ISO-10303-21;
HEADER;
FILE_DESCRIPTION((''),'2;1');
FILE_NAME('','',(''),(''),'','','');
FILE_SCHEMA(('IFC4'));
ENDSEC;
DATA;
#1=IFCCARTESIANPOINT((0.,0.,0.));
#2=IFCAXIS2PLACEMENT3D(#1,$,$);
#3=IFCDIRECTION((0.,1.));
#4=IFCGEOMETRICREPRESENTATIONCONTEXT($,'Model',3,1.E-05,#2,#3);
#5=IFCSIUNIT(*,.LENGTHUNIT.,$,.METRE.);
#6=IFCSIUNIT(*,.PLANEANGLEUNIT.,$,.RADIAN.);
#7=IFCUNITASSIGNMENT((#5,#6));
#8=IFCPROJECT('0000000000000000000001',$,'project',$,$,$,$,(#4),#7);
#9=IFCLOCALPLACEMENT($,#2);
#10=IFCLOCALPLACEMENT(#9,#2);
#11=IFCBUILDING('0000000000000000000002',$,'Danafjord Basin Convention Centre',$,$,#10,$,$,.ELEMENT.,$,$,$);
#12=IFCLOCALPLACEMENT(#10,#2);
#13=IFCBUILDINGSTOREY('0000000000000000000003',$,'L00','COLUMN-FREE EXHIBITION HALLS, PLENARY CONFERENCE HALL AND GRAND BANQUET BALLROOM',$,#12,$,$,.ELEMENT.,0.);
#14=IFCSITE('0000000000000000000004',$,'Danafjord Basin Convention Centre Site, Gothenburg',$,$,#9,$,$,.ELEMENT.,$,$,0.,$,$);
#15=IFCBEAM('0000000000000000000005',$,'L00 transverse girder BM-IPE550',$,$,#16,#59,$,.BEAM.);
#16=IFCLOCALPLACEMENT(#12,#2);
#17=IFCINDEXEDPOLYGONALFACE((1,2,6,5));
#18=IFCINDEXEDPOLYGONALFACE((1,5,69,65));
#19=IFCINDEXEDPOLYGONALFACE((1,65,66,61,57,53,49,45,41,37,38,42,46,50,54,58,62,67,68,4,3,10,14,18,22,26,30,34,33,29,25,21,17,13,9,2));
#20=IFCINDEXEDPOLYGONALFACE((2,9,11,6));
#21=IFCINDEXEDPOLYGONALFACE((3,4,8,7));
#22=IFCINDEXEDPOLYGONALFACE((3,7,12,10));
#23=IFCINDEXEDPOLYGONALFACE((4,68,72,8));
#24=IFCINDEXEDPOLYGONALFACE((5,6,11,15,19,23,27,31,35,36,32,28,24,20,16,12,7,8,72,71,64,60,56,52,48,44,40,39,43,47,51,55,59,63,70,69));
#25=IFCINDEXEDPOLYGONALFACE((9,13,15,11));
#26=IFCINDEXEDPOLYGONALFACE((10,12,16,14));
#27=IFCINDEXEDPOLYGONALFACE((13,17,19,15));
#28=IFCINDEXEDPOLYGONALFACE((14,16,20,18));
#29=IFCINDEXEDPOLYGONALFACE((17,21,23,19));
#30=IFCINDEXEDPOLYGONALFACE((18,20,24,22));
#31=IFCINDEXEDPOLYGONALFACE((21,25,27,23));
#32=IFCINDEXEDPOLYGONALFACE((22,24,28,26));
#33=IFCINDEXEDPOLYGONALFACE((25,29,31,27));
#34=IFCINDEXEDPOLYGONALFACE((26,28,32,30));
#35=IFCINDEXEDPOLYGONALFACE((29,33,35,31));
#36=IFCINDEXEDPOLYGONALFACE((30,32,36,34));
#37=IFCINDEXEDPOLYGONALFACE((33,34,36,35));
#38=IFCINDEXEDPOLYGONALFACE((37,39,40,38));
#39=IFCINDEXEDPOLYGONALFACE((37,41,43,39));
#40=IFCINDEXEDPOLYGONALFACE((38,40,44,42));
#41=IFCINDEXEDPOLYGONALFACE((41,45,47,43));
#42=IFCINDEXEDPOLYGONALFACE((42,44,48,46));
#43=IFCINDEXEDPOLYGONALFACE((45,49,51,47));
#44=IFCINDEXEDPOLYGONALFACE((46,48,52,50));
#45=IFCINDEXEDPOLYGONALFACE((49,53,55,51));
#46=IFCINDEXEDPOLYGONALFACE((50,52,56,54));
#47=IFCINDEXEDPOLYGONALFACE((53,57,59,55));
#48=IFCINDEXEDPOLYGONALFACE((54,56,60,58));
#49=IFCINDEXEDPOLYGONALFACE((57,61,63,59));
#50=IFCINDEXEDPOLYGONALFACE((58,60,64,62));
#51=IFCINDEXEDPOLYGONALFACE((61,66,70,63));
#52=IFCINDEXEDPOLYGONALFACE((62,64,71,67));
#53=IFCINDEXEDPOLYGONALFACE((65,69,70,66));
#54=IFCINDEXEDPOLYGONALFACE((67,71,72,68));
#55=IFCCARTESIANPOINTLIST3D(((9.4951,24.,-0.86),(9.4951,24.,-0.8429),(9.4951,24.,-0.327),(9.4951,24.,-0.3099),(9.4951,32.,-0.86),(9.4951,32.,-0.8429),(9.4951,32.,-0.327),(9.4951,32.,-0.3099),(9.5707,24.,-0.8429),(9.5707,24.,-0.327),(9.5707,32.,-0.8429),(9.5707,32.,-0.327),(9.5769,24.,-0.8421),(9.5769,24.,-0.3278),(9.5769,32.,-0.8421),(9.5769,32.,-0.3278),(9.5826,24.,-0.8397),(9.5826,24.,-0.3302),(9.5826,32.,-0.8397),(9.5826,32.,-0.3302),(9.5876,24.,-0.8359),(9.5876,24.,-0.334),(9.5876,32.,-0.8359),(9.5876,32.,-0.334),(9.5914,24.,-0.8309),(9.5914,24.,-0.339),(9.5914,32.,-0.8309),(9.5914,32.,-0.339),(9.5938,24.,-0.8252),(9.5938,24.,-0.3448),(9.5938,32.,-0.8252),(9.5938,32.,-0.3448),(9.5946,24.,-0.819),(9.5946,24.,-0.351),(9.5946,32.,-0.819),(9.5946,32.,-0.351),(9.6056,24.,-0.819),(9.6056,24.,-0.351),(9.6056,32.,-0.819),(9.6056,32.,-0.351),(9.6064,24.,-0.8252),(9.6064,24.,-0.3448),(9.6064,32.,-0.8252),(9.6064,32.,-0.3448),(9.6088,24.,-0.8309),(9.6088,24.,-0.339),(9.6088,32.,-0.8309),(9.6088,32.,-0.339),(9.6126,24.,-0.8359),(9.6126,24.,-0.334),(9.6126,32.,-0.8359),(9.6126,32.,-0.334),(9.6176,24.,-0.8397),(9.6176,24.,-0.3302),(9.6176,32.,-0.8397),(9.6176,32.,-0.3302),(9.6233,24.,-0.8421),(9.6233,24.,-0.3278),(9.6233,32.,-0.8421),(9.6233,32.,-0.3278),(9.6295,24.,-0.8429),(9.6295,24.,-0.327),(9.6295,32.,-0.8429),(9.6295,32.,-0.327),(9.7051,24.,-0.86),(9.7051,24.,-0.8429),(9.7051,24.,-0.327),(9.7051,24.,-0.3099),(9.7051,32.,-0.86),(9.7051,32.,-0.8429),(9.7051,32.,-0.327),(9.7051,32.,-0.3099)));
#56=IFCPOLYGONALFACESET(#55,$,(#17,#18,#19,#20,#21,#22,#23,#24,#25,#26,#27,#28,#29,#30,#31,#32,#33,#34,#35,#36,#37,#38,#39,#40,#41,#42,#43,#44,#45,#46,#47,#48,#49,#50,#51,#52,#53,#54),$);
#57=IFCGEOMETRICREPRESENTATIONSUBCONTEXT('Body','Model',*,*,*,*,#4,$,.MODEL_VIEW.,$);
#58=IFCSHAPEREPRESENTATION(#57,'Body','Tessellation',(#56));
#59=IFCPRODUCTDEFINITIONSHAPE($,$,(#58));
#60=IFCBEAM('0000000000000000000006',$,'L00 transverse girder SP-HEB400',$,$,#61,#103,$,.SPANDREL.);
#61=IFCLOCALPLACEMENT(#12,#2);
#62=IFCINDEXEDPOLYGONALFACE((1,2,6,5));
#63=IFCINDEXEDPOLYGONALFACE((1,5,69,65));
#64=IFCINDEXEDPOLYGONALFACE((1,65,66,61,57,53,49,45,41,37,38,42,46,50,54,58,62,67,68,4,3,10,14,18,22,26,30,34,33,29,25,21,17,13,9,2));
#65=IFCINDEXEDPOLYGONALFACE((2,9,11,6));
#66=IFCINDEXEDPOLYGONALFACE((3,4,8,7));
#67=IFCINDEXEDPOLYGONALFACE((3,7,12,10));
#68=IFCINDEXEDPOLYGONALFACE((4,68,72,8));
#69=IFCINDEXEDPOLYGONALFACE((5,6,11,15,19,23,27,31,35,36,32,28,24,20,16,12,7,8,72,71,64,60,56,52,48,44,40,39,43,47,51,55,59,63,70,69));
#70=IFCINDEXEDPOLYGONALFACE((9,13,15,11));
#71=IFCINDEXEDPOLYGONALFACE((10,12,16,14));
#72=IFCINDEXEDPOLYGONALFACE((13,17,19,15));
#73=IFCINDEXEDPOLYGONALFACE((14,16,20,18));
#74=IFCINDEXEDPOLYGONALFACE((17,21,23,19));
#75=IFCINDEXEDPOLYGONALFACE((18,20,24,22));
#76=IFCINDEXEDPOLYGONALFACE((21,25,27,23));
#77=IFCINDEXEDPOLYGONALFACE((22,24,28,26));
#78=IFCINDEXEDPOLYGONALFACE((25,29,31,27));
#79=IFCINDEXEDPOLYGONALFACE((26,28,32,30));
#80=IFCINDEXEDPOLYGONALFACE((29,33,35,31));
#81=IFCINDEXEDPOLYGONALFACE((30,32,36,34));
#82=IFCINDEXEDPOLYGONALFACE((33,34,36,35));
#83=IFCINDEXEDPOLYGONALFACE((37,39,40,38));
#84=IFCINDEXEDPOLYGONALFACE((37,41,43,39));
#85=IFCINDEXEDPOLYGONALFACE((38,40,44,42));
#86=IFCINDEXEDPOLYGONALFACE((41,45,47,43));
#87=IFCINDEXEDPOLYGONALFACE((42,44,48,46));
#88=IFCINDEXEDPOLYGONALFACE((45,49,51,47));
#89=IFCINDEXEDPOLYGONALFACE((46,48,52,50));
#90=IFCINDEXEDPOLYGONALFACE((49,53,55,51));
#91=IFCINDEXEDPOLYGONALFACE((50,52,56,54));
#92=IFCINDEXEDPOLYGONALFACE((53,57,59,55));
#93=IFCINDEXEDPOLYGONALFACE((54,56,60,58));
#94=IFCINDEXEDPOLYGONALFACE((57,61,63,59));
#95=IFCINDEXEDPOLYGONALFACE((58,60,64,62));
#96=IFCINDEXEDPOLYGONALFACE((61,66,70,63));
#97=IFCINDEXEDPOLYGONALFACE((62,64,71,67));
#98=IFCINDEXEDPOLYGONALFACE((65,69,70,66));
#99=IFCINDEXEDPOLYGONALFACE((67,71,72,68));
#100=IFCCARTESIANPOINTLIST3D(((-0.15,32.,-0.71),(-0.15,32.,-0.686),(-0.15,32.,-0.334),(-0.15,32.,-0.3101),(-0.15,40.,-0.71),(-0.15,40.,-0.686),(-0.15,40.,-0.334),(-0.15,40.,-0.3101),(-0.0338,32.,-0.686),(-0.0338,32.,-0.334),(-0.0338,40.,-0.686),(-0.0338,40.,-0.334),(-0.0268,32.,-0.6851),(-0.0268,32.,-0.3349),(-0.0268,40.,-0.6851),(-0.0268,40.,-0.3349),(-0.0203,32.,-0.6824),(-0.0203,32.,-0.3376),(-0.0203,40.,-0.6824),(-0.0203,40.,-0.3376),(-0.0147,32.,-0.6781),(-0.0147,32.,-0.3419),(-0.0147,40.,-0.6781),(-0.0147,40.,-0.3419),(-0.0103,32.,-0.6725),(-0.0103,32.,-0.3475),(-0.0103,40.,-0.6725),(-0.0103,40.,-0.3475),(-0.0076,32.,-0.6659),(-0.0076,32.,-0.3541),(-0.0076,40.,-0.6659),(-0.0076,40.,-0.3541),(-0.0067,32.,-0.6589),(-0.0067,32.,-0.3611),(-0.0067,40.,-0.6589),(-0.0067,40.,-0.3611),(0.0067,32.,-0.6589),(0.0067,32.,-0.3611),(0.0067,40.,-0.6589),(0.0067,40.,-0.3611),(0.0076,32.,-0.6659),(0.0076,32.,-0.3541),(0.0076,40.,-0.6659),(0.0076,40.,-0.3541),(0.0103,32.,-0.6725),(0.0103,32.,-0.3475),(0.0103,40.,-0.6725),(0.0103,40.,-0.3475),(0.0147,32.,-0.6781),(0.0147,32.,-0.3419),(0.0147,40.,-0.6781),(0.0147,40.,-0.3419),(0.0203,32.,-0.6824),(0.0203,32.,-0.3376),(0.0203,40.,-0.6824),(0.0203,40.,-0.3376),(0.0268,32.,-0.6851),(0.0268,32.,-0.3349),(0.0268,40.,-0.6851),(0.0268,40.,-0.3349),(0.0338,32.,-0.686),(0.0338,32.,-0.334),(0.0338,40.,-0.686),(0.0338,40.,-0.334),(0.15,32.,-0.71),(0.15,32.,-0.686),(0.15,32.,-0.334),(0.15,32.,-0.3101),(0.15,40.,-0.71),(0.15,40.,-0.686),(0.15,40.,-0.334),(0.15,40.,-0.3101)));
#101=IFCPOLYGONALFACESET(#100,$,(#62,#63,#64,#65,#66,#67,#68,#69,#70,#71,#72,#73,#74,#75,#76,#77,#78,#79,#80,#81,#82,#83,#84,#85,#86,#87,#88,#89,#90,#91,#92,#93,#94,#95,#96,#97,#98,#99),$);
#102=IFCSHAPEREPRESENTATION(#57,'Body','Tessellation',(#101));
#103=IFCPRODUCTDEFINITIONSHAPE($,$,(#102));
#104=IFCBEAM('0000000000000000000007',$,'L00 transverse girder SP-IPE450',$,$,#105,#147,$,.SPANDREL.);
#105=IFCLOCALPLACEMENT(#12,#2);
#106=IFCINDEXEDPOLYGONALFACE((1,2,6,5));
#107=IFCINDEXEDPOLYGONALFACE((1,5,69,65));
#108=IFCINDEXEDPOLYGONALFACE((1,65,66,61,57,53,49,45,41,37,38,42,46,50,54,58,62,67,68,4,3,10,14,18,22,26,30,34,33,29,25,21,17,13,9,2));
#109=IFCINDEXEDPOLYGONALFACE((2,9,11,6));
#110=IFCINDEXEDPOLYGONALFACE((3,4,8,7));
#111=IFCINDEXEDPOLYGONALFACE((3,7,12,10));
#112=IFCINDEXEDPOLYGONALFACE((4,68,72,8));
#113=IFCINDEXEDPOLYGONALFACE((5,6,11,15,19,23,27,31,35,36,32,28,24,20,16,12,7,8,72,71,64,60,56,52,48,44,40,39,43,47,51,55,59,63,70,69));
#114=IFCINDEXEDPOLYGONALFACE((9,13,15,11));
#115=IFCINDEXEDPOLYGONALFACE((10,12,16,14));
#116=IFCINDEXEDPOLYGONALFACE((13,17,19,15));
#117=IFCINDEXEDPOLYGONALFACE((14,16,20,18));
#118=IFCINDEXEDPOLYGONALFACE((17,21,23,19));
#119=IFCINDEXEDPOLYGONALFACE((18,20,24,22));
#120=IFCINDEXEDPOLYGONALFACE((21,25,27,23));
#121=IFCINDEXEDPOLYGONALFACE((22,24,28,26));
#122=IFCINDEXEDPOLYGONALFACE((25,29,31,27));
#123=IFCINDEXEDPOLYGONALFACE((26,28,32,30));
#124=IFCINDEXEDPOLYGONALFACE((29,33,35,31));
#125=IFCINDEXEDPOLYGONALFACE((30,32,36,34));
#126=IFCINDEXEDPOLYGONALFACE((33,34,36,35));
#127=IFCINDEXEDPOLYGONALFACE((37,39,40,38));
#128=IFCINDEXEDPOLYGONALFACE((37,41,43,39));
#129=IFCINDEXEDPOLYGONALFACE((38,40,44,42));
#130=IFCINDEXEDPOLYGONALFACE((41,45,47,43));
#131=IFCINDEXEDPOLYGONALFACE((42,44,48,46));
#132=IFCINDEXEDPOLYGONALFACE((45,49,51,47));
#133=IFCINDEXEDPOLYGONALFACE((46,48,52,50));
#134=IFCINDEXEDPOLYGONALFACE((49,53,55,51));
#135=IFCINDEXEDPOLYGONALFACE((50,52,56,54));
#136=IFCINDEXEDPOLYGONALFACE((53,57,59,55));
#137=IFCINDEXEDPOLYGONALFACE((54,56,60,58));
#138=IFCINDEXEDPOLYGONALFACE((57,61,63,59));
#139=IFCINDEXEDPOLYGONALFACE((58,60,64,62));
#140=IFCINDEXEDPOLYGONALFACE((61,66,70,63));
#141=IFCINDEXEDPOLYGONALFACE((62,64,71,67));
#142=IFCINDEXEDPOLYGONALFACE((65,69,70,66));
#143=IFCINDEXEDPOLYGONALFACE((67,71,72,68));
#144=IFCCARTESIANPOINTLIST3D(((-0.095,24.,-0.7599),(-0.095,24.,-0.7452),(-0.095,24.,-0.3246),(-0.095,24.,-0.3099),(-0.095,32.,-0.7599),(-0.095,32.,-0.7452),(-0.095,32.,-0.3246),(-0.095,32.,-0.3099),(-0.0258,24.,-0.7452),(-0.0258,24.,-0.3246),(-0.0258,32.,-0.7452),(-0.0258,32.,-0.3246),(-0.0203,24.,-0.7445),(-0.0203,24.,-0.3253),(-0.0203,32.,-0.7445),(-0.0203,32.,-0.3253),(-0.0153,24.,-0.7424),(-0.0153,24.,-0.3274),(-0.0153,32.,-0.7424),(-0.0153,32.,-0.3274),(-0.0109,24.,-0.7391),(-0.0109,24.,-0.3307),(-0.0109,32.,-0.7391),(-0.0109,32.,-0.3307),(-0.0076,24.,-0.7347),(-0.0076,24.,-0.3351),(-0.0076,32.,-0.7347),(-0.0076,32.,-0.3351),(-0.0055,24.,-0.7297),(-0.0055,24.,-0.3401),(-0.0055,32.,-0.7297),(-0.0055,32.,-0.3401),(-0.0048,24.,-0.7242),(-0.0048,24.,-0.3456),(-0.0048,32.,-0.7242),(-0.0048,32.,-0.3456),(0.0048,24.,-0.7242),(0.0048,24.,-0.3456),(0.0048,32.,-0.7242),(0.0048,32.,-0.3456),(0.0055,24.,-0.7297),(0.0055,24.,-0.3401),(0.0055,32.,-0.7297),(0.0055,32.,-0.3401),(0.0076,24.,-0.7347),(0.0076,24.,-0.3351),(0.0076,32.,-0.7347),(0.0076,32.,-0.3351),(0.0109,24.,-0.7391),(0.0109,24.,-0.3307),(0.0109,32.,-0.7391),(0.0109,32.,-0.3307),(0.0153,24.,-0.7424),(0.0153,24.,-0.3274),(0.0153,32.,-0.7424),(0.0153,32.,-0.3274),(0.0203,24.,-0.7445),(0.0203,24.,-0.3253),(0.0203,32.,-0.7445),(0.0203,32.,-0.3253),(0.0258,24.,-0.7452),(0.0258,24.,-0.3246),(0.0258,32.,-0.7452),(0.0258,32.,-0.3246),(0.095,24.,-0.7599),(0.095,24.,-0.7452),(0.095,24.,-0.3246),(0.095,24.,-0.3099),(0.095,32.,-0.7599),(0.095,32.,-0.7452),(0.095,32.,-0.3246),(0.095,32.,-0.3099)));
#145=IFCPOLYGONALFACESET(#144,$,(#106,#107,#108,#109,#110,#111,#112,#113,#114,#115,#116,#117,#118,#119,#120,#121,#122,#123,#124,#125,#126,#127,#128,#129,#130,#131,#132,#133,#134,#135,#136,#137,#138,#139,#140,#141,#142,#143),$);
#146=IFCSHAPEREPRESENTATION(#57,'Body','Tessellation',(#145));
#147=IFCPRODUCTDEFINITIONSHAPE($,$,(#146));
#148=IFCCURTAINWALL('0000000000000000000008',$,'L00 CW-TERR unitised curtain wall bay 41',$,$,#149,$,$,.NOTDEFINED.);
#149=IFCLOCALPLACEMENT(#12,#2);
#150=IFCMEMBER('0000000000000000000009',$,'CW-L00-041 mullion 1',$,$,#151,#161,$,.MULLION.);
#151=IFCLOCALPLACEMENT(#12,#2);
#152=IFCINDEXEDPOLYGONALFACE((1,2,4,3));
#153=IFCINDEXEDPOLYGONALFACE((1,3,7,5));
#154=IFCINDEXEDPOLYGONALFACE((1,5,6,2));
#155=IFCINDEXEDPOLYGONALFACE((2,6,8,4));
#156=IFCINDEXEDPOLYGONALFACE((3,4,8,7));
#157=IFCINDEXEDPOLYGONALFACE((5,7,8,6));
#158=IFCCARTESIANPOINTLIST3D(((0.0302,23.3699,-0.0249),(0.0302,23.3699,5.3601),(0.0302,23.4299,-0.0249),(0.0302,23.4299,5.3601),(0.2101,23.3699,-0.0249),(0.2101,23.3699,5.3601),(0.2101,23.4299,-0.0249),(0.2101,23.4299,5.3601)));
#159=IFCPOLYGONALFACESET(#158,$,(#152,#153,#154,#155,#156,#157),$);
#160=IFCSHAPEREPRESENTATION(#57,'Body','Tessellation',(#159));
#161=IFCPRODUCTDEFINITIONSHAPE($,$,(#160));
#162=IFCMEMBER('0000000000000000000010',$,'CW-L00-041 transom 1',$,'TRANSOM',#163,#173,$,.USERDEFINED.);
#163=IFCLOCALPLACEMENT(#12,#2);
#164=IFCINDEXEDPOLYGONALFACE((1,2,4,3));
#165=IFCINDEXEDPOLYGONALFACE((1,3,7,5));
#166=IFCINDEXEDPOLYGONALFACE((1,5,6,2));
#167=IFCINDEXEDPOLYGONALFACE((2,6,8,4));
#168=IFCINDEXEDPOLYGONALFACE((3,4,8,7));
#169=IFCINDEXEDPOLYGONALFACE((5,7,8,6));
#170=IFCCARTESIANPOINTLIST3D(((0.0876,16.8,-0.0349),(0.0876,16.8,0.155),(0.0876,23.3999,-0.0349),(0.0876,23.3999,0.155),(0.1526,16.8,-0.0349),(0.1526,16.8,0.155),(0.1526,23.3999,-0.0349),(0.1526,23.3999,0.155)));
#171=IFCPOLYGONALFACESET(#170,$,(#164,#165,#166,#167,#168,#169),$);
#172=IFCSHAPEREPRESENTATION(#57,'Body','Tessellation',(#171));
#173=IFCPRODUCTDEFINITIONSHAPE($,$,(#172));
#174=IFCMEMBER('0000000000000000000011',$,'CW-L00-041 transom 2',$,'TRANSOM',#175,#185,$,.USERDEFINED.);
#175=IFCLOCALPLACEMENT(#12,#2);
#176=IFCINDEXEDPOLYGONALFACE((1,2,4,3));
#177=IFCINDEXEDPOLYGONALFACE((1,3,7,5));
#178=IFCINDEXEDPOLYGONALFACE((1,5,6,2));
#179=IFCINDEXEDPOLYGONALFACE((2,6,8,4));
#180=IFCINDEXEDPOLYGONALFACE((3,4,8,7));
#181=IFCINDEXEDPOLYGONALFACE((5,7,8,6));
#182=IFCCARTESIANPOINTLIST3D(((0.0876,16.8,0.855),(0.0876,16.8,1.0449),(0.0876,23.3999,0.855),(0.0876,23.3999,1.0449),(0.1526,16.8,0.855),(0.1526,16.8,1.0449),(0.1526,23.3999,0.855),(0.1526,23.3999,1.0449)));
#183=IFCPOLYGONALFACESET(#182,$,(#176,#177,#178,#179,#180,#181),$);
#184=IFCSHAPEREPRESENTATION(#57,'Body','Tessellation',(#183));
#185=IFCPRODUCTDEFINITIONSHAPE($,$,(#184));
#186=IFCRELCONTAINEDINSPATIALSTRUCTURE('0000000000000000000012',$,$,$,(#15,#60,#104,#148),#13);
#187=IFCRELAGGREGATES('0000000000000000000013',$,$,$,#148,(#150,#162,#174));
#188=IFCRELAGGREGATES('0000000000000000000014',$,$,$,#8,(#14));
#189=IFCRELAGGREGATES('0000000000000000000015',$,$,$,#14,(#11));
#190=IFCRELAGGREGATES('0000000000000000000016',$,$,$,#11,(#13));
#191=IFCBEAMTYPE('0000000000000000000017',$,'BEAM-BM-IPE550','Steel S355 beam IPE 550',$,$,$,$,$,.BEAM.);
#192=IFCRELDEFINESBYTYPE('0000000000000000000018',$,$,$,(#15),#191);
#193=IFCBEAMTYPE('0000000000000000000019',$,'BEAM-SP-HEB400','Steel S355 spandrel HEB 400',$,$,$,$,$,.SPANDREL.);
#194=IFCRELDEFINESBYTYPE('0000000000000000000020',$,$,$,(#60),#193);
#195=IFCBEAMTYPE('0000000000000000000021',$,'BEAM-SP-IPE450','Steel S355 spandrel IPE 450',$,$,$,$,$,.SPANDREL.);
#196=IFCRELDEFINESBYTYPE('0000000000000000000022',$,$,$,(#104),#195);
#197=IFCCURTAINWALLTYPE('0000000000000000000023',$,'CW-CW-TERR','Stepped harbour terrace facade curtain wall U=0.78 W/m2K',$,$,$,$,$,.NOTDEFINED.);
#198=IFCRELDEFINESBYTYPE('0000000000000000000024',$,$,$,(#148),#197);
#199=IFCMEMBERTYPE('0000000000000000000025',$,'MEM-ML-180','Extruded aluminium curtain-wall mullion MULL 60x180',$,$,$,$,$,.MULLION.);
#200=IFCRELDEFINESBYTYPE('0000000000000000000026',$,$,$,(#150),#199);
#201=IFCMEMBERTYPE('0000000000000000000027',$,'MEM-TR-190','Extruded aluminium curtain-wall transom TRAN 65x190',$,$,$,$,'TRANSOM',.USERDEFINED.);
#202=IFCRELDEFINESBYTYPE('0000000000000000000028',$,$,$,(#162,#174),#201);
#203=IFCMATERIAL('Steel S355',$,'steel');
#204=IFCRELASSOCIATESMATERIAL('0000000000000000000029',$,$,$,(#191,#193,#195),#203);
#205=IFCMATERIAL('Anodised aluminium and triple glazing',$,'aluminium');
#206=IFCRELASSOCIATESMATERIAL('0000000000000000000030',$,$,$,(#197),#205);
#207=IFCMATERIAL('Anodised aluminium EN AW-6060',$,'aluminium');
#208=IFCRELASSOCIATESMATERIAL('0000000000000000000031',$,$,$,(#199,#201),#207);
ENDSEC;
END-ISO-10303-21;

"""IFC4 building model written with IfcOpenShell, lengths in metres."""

from ifc_helpers import new_model, si_unit, direction, frame, origin, origin_2d, place, context, subcontext, project, spatial, rectangle, i_section, extrude, material, material_profile, profile_set, type_object, element, aggregate, save


model = new_model("IFC4")

# Units and contexts
model_context = context("Model", 3, precision=1e-05, world=origin(), true_north=direction((0.0, 1.0)))
body_context = subcontext(model_context, "Body", "Model", "MODEL_VIEW")
ifc_project = project(units=[si_unit("LENGTHUNIT", "METRE"), si_unit("PLANEANGLEUNIT", "RADIAN")], contexts=[model_context])

# Site, building, storey
site_placement = place(None, origin())
site = spatial("IfcSite", under=ifc_project, at=site_placement, Name="Danafjord Basin Convention Centre Site, Gothenburg", CompositionType="ELEMENT", RefElevation=0.0)
building_placement = place(site_placement, origin())
building = spatial("IfcBuilding", under=site, at=building_placement, Name="Danafjord Basin Convention Centre", CompositionType="ELEMENT")
storey_placement = place(building_placement, origin())
storey = spatial("IfcBuildingStorey", under=building, at=storey_placement, Name="L00", Description="COLUMN-FREE EXHIBITION HALLS, PLENARY CONFERENCE HALL AND GRAND BANQUET BALLROOM", CompositionType="ELEMENT", Elevation=0.0)

# Shared definitions
ifc_material_1 = material(Name="Steel S355", Category="steel")

# Beams
ifc_material_profile_1 = material_profile(ifc_material_1, i_section(OverallWidth=0.21, OverallDepth=0.55, WebThickness=0.011, FlangeThickness=0.0171, FilletRadius=0.0239, at=origin_2d()), Name="IPE 550")
ifc_profile_set_1 = profile_set([ifc_material_profile_1], Name="Steel S355")
beam_type_1 = type_object("IfcBeamType", Name="BEAM-BM-IPE550", Description="Steel S355 beam IPE 550", PredefinedType="BEAM", material=ifc_profile_set_1)
beam_1_placement = place(storey_placement, frame((9.6001, 24.0, -0.585), z_axis=(0.0, 1.0, 0.0), x_axis=(-1.0, 0.0, 0.0)))
element("IfcBeam", 1, at=beam_1_placement, inside=storey, type_object=beam_type_1, Name="L00 transverse girder BM-IPE550", PredefinedType="BEAM", context=body_context, shape_type="SweptSolid", body=[
    extrude(i_section(OverallWidth=0.21, OverallDepth=0.55, WebThickness=0.011, FlangeThickness=0.0171, FilletRadius=0.0239, at=origin_2d()), origin(), (0.0, 0.0, 1.0), 8.0),
])
ifc_material_profile_2 = material_profile(ifc_material_1, i_section(OverallWidth=0.3, OverallDepth=0.3999, WebThickness=0.0134, FlangeThickness=0.0239, FilletRadius=0.0271, at=origin_2d()), Name="HEB 400")
ifc_profile_set_2 = profile_set([ifc_material_profile_2], Name="Steel S355")
beam_type_2 = type_object("IfcBeamType", Name="BEAM-SP-HEB400", Description="Steel S355 spandrel HEB 400", PredefinedType="SPANDREL", material=ifc_profile_set_2)
beam_2_placement = place(storey_placement, frame((0.0, 32.0, -0.51), z_axis=(0.0, 1.0, 0.0), x_axis=(-1.0, 0.0, 0.0)))
element("IfcBeam", 2, at=beam_2_placement, inside=storey, type_object=beam_type_2, Name="L00 transverse girder SP-HEB400", PredefinedType="SPANDREL", context=body_context, shape_type="SweptSolid", body=[
    extrude(i_section(OverallWidth=0.3, OverallDepth=0.3999, WebThickness=0.0134, FlangeThickness=0.0239, FilletRadius=0.0271, at=origin_2d()), origin(), (0.0, 0.0, 1.0), 8.0),
])
ifc_material_profile_3 = material_profile(ifc_material_1, i_section(OverallWidth=0.1899, OverallDepth=0.45, WebThickness=0.0095, FlangeThickness=0.0146, FilletRadius=0.021, at=origin_2d()), Name="IPE 450")
ifc_profile_set_3 = profile_set([ifc_material_profile_3], Name="Steel S355")
beam_type_3 = type_object("IfcBeamType", Name="BEAM-SP-IPE450", Description="Steel S355 spandrel IPE 450", PredefinedType="SPANDREL", material=ifc_profile_set_3)
beam_3_placement = place(storey_placement, frame((0.0, 24.0, -0.5349), z_axis=(0.0, 1.0, 0.0), x_axis=(-1.0, 0.0, 0.0)))
element("IfcBeam", 3, at=beam_3_placement, inside=storey, type_object=beam_type_3, Name="L00 transverse girder SP-IPE450", PredefinedType="SPANDREL", context=body_context, shape_type="SweptSolid", body=[
    extrude(i_section(OverallWidth=0.1899, OverallDepth=0.45, WebThickness=0.0095, FlangeThickness=0.0146, FilletRadius=0.021, at=origin_2d()), origin(), (0.0, 0.0, 1.0), 8.0),
])

# Curtain wall, members
ifc_material_2 = material(Name="Anodised aluminium and triple glazing", Category="aluminium")
curtain_wall_type = type_object("IfcCurtainWallType", Name="CW-CW-TERR", Description="Stepped harbour terrace facade curtain wall U=0.78 W/m2K", PredefinedType="NOTDEFINED", material=ifc_material_2)
curtain_wall_placement = place(storey_placement, origin())
curtain_wall = element("IfcCurtainWall", 4, at=curtain_wall_placement, inside=storey, type_object=curtain_wall_type, Name="L00 CW-TERR unitised curtain wall bay 41", PredefinedType="NOTDEFINED")
ifc_material_3 = material(Name="Anodised aluminium EN AW-6060", Category="aluminium")
ifc_material_profile_4 = material_profile(ifc_material_3, rectangle(XDim=0.0601, YDim=0.1799, at=origin_2d()), Name="MULL 60x180")
ifc_profile_set_4 = profile_set([ifc_material_profile_4], Name="Anodised aluminium EN AW-6060")
member_type_1 = type_object("IfcMemberType", Name="MEM-ML-180", Description="Extruded aluminium curtain-wall mullion MULL 60x180", PredefinedType="MULLION", material=ifc_profile_set_4)
member_1_placement = place(storey_placement, frame((0.1201, 23.3999, -0.0249), z_axis=(0.0, 0.0, 1.0), x_axis=(0.0, -1.0, 0.0)))
member_1 = element("IfcMember", 5, at=member_1_placement, type_object=member_type_1, Name="CW-L00-041 mullion 1", PredefinedType="MULLION", context=body_context, shape_type="SweptSolid", body=[
    extrude(rectangle(XDim=0.0601, YDim=0.1799, at=origin_2d()), origin(), (0.0, 0.0, 1.0), 5.385),
])
ifc_material_profile_5 = material_profile(ifc_material_3, rectangle(XDim=0.0649, YDim=0.1899, at=origin_2d()), Name="TRAN 65x190")
ifc_profile_set_5 = profile_set([ifc_material_profile_5], Name="Anodised aluminium EN AW-6060")
member_type_2 = type_object("IfcMemberType", Name="MEM-TR-190", Description="Extruded aluminium curtain-wall transom TRAN 65x190", ElementType="TRANSOM", PredefinedType="USERDEFINED", material=ifc_profile_set_5)
member_2_placement = place(storey_placement, frame((0.1201, 23.3999, 0.0601), z_axis=(0.0, -1.0, 0.0), x_axis=(1.0, 0.0, 0.0)))
member_2 = element("IfcMember", 6, at=member_2_placement, type_object=member_type_2, Name="CW-L00-041 transom 1", ObjectType="TRANSOM", PredefinedType="USERDEFINED", context=body_context, shape_type="SweptSolid", body=[
    extrude(rectangle(XDim=0.0649, YDim=0.1899, at=origin_2d()), origin(), (0.0, 0.0, 1.0), 6.5999),
])
member_3_placement = place(storey_placement, frame((0.1201, 23.3999, 0.95), z_axis=(0.0, -1.0, 0.0), x_axis=(1.0, 0.0, 0.0)))
member_3 = element("IfcMember", 7, at=member_3_placement, type_object=member_type_2, Name="CW-L00-041 transom 2", ObjectType="TRANSOM", PredefinedType="USERDEFINED", context=body_context, shape_type="SweptSolid", body=[
    extrude(rectangle(XDim=0.0649, YDim=0.1899, at=origin_2d()), origin(), (0.0, 0.0, 1.0), 6.5999),
])
aggregate(curtain_wall, [member_1, member_2, member_3])

save(model, "model.ifc")
